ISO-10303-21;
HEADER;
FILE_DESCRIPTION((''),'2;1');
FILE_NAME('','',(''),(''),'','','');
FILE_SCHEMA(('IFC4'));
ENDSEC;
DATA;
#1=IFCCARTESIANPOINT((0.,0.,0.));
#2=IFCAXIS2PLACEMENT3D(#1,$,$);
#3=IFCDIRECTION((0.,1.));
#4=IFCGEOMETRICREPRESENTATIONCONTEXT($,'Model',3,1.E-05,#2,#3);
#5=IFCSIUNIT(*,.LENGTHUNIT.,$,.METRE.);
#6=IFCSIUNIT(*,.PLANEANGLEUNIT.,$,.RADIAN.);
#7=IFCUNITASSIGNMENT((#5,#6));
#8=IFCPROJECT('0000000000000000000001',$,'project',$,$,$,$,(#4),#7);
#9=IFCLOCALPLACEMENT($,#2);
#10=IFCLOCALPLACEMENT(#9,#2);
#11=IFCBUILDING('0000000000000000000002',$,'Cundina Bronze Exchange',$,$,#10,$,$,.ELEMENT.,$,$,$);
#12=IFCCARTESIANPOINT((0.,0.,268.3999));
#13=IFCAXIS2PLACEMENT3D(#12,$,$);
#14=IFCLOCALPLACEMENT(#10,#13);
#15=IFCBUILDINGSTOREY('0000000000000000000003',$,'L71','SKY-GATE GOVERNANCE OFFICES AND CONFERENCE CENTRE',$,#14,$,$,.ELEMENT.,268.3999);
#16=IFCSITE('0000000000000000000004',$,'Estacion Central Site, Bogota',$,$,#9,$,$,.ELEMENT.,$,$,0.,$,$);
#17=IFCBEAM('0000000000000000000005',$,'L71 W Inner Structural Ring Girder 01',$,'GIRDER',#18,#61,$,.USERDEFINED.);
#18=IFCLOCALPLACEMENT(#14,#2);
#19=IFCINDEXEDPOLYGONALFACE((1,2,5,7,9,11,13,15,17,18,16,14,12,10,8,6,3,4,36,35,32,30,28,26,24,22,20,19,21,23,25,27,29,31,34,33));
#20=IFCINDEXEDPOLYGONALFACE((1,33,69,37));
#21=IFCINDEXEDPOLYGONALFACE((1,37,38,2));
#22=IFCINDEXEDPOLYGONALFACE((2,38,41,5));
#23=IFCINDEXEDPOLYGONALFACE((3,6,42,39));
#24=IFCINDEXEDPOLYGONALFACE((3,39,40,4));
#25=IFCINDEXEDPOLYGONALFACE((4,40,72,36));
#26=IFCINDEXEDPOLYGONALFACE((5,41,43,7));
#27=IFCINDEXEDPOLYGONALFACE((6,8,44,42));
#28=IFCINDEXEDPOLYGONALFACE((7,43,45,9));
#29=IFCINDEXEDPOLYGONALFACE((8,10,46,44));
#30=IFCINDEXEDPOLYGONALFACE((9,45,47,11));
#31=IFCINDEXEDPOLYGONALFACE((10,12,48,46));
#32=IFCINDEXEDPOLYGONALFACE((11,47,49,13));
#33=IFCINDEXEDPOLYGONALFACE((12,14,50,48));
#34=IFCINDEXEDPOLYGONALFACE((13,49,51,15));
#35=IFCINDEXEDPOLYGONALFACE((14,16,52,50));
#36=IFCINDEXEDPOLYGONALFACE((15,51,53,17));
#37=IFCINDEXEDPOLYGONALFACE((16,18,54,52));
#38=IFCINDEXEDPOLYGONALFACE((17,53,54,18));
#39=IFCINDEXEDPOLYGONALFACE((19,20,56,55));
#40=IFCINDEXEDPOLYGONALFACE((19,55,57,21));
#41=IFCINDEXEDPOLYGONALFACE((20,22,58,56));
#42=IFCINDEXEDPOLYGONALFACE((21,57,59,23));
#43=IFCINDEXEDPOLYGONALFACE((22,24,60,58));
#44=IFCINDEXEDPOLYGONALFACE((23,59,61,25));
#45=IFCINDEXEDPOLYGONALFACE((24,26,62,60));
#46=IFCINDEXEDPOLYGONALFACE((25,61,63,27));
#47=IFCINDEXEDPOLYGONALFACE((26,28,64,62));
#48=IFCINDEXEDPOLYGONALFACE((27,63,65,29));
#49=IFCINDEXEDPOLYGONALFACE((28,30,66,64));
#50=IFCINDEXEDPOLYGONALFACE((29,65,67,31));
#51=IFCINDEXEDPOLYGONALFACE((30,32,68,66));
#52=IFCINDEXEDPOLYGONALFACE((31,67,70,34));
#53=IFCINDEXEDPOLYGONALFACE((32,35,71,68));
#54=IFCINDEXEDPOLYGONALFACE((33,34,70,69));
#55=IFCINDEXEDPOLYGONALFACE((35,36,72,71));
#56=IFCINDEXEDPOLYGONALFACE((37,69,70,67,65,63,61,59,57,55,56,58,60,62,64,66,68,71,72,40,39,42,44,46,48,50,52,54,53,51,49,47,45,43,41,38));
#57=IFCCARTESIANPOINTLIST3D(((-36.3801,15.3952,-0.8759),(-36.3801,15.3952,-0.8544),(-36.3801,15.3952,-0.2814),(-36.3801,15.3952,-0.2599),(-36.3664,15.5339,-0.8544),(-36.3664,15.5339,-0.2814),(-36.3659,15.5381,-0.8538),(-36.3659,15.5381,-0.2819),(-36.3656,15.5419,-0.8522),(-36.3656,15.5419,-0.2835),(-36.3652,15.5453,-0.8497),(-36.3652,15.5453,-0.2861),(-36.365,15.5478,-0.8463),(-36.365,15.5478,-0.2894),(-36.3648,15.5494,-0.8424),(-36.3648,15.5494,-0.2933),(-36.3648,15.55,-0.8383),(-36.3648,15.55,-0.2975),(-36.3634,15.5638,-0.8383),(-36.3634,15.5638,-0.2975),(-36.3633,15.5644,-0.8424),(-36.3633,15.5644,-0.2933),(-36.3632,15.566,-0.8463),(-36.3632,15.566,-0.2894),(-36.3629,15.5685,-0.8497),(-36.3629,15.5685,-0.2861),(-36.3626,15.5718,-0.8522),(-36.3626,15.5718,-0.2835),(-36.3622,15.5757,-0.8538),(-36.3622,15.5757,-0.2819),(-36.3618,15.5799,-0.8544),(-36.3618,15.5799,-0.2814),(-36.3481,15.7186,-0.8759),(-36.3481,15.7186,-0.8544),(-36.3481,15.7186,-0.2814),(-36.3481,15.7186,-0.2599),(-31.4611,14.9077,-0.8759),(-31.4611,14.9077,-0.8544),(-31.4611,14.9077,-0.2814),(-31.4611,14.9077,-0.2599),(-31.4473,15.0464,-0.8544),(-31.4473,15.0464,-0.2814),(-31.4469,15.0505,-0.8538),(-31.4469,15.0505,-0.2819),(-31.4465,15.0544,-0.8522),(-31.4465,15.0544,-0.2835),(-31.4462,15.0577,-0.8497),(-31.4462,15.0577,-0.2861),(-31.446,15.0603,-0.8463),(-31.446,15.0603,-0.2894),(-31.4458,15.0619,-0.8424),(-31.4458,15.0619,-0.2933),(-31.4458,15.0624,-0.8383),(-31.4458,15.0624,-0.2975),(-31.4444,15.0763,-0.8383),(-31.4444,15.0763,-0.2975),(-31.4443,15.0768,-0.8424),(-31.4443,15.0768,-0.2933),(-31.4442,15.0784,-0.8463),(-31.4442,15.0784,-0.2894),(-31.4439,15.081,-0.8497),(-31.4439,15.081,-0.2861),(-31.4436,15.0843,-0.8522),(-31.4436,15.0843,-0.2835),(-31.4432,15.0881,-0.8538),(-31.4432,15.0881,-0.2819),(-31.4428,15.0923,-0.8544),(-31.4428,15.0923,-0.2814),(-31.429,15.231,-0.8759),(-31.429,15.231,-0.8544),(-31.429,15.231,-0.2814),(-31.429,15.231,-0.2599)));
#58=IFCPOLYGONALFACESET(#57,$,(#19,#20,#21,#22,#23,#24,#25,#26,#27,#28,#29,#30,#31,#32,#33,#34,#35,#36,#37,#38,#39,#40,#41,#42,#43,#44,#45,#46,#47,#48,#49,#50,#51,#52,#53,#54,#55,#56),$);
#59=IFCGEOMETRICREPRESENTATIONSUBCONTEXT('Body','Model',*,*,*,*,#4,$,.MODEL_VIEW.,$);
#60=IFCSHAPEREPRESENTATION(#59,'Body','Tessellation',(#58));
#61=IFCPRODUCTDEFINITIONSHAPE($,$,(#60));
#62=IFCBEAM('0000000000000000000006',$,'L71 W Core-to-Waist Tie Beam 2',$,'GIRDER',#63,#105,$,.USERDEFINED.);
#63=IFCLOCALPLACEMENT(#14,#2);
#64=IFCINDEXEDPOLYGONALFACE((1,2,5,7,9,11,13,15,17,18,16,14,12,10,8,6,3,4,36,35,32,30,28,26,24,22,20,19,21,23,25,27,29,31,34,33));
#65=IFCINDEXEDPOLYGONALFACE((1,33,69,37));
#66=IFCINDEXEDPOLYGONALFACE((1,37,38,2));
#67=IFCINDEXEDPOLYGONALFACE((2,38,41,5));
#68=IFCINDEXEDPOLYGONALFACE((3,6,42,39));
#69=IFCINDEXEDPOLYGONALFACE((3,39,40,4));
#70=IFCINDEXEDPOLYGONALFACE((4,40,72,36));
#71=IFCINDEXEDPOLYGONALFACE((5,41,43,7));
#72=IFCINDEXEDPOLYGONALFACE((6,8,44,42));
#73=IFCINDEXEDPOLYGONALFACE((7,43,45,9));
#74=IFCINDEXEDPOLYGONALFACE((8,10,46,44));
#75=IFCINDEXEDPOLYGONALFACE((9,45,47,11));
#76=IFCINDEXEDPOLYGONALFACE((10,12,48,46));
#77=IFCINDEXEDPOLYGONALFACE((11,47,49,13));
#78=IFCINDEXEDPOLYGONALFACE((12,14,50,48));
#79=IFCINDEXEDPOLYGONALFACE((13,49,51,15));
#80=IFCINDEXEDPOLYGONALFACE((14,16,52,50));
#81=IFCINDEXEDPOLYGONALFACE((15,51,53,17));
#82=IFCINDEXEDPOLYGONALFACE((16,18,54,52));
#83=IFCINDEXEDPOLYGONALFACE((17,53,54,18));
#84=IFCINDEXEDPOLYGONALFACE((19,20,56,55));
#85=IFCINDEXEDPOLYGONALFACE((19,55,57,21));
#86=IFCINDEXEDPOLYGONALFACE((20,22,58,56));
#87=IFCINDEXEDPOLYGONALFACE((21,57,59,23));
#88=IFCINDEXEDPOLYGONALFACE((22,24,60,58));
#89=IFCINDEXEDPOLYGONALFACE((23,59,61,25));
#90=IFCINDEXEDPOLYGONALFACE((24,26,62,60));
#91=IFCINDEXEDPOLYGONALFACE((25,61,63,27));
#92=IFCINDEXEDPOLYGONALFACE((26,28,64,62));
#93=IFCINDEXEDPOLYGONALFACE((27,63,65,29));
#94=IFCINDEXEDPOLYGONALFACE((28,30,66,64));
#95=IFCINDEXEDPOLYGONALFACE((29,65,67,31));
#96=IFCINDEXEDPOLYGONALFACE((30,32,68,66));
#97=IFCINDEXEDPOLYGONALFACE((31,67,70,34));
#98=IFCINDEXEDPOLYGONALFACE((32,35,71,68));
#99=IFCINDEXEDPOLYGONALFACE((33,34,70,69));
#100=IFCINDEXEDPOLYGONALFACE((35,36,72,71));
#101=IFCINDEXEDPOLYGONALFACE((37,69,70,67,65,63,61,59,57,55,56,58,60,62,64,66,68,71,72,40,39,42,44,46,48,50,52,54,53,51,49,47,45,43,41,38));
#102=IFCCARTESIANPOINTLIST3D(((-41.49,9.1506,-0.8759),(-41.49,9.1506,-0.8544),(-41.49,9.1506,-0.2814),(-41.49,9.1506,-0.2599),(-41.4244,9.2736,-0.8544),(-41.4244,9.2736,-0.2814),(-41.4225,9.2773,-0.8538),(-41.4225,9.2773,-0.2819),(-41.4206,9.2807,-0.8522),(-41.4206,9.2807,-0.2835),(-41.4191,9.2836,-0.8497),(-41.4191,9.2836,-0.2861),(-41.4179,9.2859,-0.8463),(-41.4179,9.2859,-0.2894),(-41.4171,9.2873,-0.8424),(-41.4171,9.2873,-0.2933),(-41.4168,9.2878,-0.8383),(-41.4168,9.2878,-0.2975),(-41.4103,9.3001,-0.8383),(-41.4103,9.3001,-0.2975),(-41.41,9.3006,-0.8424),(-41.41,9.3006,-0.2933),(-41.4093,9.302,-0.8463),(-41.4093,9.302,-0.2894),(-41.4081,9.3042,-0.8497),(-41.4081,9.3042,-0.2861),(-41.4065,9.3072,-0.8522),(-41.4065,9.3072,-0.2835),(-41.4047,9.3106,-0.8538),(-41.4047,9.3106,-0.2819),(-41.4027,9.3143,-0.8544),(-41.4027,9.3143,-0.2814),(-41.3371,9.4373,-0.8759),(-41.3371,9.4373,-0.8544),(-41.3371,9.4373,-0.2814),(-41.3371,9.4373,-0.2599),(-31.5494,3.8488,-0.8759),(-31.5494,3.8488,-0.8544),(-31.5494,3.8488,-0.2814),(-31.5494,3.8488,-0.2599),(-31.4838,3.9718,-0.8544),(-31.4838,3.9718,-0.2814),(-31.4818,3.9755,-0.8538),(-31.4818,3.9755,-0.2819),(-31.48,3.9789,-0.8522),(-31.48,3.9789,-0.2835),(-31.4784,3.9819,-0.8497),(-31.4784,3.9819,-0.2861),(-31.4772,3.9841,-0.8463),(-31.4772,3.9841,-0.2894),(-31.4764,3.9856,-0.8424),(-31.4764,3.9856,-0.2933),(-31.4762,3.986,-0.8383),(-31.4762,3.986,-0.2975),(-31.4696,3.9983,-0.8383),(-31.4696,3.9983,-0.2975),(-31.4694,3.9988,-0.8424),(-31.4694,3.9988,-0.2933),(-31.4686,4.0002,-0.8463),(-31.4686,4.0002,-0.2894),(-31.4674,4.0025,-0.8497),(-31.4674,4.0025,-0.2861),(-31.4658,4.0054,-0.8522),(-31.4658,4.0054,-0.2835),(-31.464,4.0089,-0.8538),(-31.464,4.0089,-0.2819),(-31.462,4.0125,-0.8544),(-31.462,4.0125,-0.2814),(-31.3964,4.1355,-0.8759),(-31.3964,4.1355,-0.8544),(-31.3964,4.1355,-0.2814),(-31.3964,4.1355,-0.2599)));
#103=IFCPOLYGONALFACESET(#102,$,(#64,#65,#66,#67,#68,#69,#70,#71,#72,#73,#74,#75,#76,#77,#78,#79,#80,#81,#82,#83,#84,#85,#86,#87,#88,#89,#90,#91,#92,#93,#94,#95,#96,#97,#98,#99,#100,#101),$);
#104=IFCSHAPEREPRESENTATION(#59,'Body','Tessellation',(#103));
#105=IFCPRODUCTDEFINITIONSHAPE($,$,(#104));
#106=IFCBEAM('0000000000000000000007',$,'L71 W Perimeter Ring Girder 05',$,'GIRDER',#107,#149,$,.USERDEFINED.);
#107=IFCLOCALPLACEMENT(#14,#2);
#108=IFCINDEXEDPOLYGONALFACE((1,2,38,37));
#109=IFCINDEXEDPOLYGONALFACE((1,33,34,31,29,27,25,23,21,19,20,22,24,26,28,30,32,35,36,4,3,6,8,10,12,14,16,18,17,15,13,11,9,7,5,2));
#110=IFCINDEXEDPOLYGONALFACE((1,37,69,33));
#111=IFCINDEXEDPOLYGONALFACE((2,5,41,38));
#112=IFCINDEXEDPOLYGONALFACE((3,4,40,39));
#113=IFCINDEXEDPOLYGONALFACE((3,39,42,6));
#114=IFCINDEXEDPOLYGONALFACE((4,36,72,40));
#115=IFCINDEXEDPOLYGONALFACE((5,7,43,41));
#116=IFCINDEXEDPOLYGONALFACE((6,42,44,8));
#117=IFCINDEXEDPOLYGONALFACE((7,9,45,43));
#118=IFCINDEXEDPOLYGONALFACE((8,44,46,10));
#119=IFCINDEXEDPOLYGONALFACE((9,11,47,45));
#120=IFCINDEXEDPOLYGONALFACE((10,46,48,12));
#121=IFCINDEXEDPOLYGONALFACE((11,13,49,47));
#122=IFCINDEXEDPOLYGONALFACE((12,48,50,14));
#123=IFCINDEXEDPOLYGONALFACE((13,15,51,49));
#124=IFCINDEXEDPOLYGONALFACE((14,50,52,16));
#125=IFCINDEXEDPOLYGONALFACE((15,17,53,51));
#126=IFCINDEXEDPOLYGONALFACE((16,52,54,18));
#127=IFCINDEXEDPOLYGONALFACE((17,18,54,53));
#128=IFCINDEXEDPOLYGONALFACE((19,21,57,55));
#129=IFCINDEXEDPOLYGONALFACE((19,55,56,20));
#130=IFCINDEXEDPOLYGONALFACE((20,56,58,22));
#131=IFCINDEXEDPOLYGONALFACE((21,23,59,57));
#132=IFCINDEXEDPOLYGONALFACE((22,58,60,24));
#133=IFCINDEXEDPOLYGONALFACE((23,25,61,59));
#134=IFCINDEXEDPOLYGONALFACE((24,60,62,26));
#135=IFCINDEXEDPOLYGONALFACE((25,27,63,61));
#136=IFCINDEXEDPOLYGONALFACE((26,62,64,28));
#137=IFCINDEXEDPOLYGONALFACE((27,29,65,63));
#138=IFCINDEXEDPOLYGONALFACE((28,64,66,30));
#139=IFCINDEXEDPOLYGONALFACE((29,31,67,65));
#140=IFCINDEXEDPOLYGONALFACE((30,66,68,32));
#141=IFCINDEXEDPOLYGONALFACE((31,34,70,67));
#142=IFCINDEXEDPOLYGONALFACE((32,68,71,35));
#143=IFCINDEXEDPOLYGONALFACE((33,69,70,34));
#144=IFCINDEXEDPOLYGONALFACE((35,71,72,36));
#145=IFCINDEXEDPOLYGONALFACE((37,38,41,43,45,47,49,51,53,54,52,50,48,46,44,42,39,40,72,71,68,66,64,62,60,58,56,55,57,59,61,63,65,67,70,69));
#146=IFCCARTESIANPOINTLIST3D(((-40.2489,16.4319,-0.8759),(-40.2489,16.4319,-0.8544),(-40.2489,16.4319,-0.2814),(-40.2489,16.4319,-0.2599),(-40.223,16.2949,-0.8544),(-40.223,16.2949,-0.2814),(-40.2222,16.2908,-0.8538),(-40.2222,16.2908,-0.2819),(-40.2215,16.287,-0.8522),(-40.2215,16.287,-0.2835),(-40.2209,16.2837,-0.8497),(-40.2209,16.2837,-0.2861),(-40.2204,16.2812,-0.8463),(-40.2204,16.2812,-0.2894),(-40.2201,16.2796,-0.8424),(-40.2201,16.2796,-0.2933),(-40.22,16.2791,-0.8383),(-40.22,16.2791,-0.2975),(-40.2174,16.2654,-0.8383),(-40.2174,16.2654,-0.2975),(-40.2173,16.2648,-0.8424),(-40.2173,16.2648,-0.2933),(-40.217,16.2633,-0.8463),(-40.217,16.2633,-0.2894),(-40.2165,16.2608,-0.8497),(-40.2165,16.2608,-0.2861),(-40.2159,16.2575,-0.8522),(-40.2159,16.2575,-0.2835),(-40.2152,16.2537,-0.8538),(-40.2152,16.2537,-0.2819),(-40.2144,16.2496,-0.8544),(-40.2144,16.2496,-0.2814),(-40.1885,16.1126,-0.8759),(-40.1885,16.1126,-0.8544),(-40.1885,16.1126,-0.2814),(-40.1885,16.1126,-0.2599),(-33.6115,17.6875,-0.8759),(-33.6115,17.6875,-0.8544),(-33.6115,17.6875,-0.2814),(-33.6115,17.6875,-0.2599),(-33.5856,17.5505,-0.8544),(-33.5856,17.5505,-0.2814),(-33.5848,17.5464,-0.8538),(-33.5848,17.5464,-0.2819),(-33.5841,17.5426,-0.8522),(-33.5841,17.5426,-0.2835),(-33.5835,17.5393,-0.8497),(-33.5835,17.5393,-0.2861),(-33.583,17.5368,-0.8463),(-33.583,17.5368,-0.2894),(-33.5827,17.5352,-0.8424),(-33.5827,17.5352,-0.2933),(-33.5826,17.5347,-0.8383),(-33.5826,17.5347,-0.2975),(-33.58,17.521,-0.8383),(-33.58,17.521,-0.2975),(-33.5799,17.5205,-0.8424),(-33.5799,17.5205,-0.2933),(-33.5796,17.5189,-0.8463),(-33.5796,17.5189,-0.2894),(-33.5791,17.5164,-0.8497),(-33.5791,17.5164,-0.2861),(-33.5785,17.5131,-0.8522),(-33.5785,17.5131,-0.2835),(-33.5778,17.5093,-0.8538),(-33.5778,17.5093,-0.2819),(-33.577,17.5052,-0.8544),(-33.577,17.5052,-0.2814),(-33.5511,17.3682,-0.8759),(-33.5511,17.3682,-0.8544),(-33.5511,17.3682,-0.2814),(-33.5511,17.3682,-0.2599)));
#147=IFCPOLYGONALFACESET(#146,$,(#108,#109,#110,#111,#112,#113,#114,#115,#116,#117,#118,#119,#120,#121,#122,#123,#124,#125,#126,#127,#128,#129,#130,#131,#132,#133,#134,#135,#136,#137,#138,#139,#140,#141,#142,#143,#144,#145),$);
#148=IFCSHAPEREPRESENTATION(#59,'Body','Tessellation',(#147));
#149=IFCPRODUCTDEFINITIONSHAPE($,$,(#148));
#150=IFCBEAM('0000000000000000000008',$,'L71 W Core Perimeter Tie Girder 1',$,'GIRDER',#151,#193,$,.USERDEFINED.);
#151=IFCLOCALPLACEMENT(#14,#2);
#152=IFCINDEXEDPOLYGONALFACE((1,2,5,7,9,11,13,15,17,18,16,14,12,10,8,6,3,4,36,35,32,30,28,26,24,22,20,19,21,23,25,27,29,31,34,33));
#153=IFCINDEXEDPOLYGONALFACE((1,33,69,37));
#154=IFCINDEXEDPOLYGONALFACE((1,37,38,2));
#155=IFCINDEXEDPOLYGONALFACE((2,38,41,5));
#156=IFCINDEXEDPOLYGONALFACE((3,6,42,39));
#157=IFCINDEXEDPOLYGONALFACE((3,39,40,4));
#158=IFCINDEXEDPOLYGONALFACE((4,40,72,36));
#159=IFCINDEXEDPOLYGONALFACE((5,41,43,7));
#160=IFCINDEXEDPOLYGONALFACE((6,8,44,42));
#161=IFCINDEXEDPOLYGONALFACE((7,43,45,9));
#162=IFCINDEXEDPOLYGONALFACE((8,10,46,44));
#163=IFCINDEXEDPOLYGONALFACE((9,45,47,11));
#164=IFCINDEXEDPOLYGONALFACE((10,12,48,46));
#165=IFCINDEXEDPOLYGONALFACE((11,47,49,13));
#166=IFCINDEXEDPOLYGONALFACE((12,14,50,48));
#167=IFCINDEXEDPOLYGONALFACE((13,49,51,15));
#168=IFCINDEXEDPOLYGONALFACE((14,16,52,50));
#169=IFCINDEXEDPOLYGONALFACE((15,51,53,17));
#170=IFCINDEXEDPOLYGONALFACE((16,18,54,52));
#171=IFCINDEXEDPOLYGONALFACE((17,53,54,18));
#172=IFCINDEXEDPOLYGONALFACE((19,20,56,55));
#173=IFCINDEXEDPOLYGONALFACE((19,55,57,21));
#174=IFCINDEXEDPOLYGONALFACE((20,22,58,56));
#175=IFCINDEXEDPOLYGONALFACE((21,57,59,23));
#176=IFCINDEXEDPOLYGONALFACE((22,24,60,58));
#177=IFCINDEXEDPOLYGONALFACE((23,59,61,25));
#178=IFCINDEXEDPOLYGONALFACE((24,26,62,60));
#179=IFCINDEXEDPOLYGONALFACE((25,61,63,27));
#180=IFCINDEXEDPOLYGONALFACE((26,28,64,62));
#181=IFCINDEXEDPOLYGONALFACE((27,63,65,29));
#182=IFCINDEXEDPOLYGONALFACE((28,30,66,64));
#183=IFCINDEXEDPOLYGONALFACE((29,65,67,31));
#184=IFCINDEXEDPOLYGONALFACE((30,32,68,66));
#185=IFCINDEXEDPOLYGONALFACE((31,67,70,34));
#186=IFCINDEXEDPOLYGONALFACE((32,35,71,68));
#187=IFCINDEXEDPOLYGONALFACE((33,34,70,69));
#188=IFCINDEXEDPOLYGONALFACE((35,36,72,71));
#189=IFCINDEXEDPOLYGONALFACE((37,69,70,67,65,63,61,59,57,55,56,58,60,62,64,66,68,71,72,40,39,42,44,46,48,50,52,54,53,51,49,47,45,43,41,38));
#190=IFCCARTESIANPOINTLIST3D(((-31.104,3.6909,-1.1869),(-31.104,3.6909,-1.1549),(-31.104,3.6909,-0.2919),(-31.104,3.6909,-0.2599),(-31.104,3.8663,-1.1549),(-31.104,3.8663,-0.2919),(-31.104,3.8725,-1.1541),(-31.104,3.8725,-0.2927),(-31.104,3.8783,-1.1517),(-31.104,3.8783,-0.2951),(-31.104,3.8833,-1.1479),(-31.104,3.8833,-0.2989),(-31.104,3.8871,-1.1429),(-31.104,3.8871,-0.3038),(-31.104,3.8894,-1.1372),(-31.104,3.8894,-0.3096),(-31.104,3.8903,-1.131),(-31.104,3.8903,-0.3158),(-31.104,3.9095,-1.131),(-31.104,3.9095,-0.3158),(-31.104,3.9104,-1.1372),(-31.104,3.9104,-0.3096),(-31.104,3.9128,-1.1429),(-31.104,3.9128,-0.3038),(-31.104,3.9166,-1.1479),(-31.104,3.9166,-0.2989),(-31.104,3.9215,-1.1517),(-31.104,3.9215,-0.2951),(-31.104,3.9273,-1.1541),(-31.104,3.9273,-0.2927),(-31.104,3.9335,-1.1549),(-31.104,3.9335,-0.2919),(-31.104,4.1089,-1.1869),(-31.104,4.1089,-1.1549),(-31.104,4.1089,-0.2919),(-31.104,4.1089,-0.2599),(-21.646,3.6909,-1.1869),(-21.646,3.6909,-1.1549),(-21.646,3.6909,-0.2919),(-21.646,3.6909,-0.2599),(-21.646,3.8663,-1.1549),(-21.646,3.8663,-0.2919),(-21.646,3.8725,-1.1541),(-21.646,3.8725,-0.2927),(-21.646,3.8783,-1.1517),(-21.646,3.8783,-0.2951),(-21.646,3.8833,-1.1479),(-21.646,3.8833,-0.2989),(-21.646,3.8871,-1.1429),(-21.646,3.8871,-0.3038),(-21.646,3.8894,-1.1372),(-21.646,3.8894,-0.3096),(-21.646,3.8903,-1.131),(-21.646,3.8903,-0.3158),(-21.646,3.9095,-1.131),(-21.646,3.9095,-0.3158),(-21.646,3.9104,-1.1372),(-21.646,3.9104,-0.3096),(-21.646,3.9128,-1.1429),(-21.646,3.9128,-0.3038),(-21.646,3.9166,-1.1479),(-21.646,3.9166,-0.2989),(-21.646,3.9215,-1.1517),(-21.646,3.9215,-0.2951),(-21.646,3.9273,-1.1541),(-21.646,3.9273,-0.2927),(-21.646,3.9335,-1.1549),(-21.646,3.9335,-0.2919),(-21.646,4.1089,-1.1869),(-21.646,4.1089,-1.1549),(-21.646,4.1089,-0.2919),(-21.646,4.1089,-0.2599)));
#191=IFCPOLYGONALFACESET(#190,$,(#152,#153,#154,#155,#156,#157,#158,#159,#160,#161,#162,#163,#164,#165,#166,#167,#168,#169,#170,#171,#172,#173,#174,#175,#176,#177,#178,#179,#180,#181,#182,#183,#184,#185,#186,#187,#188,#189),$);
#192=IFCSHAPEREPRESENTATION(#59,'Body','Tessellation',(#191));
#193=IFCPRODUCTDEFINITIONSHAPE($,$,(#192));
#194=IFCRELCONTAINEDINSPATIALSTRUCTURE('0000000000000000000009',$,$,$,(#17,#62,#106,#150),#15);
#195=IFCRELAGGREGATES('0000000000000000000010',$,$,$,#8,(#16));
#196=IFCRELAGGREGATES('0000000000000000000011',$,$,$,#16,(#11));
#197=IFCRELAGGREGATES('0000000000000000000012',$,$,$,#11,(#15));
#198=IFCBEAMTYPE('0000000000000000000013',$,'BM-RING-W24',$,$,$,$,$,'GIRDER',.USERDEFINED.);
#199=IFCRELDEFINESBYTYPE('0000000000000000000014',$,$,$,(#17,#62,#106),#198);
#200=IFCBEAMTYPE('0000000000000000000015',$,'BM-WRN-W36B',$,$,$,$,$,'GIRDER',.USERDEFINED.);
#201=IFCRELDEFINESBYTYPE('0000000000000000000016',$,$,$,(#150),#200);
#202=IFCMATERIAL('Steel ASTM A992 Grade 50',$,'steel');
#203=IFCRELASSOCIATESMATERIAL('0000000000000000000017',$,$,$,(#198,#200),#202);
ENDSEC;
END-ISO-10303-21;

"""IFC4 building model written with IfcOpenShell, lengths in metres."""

from ifc_helpers import new_model, si_unit, direction, frame, origin, origin_2d, place, context, subcontext, project, spatial, i_section, extrude, material, material_profile, profile_set, type_object, element, save


model = new_model("IFC4")

# Units and contexts
model_context = context("Model", 3, precision=1e-05, world=origin(), true_north=direction((0.0, 1.0)))
body_context = subcontext(model_context, "Body", "Model", "MODEL_VIEW")
ifc_project = project(units=[si_unit("LENGTHUNIT", "METRE"), si_unit("PLANEANGLEUNIT", "RADIAN")], contexts=[model_context])

# Site, building, storey
site_placement = place(None, origin())
site = spatial("IfcSite", under=ifc_project, at=site_placement, Name="Estacion Central Site, Bogota", CompositionType="ELEMENT", RefElevation=0.0)
building_placement = place(site_placement, origin())
building = spatial("IfcBuilding", under=site, at=building_placement, Name="Cundina Bronze Exchange", CompositionType="ELEMENT")
storey_placement = place(building_placement, frame((0.0, 0.0, 268.3999)))
storey = spatial("IfcBuildingStorey", under=building, at=storey_placement, Name="L71", Description="SKY-GATE GOVERNANCE OFFICES AND CONFERENCE CENTRE", CompositionType="ELEMENT", Elevation=268.3999)

# Shared definitions
ifc_material_1 = material(Name="Steel ASTM A992 Grade 50", Category="steel")

# Beams
ifc_material_profile_1 = material_profile(ifc_material_1, i_section(OverallWidth=0.325, OverallDepth=0.616, WebThickness=0.0139, FlangeThickness=0.0215, FilletRadius=0.0161, at=origin_2d()), Name="W24X117", Category="steel")
ifc_profile_set_1 = profile_set([ifc_material_profile_1], Name="Steel ASTM A992 Grade 50")
beam_type_1 = type_object("IfcBeamType", Name="BM-RING-W24", ElementType="GIRDER", PredefinedType="USERDEFINED", material=ifc_profile_set_1)
beam_1_placement = place(storey_placement, frame((-31.4451, 15.0693, -0.5679), z_axis=(-0.995124, 0.098633, 0.0), x_axis=(-0.098633, -0.995124, 0.0)))
element("IfcBeam", 1, at=beam_1_placement, inside=storey, type_object=beam_type_1, Name="L71 W Inner Structural Ring Girder 01", ObjectType="GIRDER", PredefinedType="USERDEFINED", context=body_context, shape_type="SweptSolid", body=[
    extrude(i_section(OverallWidth=0.325, OverallDepth=0.616, WebThickness=0.0139, FlangeThickness=0.0215, FilletRadius=0.0161, at=origin_2d()), origin(), (0.0, 0.0, 1.0), 4.9431),
])
beam_2_placement = place(storey_placement, frame((-31.4729, 3.9922, -0.5679), z_axis=(-0.882351, 0.470593, 0.0), x_axis=(-0.470593, -0.882351, 0.0)))
element("IfcBeam", 2, at=beam_2_placement, inside=storey, type_object=beam_type_1, Name="L71 W Core-to-Waist Tie Beam 2", ObjectType="GIRDER", PredefinedType="USERDEFINED", context=body_context, shape_type="SweptSolid", body=[
    extrude(i_section(OverallWidth=0.325, OverallDepth=0.616, WebThickness=0.0139, FlangeThickness=0.0215, FilletRadius=0.0161, at=origin_2d()), origin(), (0.0, 0.0, 1.0), 11.2661),
])
beam_3_placement = place(storey_placement, frame((-33.5813, 17.5278, -0.5679), z_axis=(-0.982573, -0.185875, 0.0), x_axis=(0.185875, -0.982573, 0.0)))
element("IfcBeam", 3, at=beam_3_placement, inside=storey, type_object=beam_type_1, Name="L71 W Perimeter Ring Girder 05", ObjectType="GIRDER", PredefinedType="USERDEFINED", context=body_context, shape_type="SweptSolid", body=[
    extrude(i_section(OverallWidth=0.325, OverallDepth=0.616, WebThickness=0.0139, FlangeThickness=0.0215, FilletRadius=0.0161, at=origin_2d()), origin(), (0.0, 0.0, 1.0), 6.7551),
])
ifc_material_profile_2 = material_profile(ifc_material_1, i_section(OverallWidth=0.418, OverallDepth=0.927, WebThickness=0.0193, FlangeThickness=0.032, FilletRadius=0.0239, at=origin_2d()), Name="W36X231", Category="steel")
ifc_profile_set_2 = profile_set([ifc_material_profile_2], Name="Steel ASTM A992 Grade 50")
beam_type_2 = type_object("IfcBeamType", Name="BM-WRN-W36B", ElementType="GIRDER", PredefinedType="USERDEFINED", material=ifc_profile_set_2)
beam_4_placement = place(storey_placement, frame((-31.104, 3.8999, -0.7234), z_axis=(1.0, 0.0, 0.0), x_axis=(0.0, 1.0, 0.0)))
element("IfcBeam", 4, at=beam_4_placement, inside=storey, type_object=beam_type_2, Name="L71 W Core Perimeter Tie Girder 1", ObjectType="GIRDER", PredefinedType="USERDEFINED", context=body_context, shape_type="SweptSolid", body=[
    extrude(i_section(OverallWidth=0.418, OverallDepth=0.927, WebThickness=0.0193, FlangeThickness=0.032, FilletRadius=0.0239, at=origin_2d()), origin(), (0.0, 0.0, 1.0), 9.458),
])

save(model, "model.ifc")
